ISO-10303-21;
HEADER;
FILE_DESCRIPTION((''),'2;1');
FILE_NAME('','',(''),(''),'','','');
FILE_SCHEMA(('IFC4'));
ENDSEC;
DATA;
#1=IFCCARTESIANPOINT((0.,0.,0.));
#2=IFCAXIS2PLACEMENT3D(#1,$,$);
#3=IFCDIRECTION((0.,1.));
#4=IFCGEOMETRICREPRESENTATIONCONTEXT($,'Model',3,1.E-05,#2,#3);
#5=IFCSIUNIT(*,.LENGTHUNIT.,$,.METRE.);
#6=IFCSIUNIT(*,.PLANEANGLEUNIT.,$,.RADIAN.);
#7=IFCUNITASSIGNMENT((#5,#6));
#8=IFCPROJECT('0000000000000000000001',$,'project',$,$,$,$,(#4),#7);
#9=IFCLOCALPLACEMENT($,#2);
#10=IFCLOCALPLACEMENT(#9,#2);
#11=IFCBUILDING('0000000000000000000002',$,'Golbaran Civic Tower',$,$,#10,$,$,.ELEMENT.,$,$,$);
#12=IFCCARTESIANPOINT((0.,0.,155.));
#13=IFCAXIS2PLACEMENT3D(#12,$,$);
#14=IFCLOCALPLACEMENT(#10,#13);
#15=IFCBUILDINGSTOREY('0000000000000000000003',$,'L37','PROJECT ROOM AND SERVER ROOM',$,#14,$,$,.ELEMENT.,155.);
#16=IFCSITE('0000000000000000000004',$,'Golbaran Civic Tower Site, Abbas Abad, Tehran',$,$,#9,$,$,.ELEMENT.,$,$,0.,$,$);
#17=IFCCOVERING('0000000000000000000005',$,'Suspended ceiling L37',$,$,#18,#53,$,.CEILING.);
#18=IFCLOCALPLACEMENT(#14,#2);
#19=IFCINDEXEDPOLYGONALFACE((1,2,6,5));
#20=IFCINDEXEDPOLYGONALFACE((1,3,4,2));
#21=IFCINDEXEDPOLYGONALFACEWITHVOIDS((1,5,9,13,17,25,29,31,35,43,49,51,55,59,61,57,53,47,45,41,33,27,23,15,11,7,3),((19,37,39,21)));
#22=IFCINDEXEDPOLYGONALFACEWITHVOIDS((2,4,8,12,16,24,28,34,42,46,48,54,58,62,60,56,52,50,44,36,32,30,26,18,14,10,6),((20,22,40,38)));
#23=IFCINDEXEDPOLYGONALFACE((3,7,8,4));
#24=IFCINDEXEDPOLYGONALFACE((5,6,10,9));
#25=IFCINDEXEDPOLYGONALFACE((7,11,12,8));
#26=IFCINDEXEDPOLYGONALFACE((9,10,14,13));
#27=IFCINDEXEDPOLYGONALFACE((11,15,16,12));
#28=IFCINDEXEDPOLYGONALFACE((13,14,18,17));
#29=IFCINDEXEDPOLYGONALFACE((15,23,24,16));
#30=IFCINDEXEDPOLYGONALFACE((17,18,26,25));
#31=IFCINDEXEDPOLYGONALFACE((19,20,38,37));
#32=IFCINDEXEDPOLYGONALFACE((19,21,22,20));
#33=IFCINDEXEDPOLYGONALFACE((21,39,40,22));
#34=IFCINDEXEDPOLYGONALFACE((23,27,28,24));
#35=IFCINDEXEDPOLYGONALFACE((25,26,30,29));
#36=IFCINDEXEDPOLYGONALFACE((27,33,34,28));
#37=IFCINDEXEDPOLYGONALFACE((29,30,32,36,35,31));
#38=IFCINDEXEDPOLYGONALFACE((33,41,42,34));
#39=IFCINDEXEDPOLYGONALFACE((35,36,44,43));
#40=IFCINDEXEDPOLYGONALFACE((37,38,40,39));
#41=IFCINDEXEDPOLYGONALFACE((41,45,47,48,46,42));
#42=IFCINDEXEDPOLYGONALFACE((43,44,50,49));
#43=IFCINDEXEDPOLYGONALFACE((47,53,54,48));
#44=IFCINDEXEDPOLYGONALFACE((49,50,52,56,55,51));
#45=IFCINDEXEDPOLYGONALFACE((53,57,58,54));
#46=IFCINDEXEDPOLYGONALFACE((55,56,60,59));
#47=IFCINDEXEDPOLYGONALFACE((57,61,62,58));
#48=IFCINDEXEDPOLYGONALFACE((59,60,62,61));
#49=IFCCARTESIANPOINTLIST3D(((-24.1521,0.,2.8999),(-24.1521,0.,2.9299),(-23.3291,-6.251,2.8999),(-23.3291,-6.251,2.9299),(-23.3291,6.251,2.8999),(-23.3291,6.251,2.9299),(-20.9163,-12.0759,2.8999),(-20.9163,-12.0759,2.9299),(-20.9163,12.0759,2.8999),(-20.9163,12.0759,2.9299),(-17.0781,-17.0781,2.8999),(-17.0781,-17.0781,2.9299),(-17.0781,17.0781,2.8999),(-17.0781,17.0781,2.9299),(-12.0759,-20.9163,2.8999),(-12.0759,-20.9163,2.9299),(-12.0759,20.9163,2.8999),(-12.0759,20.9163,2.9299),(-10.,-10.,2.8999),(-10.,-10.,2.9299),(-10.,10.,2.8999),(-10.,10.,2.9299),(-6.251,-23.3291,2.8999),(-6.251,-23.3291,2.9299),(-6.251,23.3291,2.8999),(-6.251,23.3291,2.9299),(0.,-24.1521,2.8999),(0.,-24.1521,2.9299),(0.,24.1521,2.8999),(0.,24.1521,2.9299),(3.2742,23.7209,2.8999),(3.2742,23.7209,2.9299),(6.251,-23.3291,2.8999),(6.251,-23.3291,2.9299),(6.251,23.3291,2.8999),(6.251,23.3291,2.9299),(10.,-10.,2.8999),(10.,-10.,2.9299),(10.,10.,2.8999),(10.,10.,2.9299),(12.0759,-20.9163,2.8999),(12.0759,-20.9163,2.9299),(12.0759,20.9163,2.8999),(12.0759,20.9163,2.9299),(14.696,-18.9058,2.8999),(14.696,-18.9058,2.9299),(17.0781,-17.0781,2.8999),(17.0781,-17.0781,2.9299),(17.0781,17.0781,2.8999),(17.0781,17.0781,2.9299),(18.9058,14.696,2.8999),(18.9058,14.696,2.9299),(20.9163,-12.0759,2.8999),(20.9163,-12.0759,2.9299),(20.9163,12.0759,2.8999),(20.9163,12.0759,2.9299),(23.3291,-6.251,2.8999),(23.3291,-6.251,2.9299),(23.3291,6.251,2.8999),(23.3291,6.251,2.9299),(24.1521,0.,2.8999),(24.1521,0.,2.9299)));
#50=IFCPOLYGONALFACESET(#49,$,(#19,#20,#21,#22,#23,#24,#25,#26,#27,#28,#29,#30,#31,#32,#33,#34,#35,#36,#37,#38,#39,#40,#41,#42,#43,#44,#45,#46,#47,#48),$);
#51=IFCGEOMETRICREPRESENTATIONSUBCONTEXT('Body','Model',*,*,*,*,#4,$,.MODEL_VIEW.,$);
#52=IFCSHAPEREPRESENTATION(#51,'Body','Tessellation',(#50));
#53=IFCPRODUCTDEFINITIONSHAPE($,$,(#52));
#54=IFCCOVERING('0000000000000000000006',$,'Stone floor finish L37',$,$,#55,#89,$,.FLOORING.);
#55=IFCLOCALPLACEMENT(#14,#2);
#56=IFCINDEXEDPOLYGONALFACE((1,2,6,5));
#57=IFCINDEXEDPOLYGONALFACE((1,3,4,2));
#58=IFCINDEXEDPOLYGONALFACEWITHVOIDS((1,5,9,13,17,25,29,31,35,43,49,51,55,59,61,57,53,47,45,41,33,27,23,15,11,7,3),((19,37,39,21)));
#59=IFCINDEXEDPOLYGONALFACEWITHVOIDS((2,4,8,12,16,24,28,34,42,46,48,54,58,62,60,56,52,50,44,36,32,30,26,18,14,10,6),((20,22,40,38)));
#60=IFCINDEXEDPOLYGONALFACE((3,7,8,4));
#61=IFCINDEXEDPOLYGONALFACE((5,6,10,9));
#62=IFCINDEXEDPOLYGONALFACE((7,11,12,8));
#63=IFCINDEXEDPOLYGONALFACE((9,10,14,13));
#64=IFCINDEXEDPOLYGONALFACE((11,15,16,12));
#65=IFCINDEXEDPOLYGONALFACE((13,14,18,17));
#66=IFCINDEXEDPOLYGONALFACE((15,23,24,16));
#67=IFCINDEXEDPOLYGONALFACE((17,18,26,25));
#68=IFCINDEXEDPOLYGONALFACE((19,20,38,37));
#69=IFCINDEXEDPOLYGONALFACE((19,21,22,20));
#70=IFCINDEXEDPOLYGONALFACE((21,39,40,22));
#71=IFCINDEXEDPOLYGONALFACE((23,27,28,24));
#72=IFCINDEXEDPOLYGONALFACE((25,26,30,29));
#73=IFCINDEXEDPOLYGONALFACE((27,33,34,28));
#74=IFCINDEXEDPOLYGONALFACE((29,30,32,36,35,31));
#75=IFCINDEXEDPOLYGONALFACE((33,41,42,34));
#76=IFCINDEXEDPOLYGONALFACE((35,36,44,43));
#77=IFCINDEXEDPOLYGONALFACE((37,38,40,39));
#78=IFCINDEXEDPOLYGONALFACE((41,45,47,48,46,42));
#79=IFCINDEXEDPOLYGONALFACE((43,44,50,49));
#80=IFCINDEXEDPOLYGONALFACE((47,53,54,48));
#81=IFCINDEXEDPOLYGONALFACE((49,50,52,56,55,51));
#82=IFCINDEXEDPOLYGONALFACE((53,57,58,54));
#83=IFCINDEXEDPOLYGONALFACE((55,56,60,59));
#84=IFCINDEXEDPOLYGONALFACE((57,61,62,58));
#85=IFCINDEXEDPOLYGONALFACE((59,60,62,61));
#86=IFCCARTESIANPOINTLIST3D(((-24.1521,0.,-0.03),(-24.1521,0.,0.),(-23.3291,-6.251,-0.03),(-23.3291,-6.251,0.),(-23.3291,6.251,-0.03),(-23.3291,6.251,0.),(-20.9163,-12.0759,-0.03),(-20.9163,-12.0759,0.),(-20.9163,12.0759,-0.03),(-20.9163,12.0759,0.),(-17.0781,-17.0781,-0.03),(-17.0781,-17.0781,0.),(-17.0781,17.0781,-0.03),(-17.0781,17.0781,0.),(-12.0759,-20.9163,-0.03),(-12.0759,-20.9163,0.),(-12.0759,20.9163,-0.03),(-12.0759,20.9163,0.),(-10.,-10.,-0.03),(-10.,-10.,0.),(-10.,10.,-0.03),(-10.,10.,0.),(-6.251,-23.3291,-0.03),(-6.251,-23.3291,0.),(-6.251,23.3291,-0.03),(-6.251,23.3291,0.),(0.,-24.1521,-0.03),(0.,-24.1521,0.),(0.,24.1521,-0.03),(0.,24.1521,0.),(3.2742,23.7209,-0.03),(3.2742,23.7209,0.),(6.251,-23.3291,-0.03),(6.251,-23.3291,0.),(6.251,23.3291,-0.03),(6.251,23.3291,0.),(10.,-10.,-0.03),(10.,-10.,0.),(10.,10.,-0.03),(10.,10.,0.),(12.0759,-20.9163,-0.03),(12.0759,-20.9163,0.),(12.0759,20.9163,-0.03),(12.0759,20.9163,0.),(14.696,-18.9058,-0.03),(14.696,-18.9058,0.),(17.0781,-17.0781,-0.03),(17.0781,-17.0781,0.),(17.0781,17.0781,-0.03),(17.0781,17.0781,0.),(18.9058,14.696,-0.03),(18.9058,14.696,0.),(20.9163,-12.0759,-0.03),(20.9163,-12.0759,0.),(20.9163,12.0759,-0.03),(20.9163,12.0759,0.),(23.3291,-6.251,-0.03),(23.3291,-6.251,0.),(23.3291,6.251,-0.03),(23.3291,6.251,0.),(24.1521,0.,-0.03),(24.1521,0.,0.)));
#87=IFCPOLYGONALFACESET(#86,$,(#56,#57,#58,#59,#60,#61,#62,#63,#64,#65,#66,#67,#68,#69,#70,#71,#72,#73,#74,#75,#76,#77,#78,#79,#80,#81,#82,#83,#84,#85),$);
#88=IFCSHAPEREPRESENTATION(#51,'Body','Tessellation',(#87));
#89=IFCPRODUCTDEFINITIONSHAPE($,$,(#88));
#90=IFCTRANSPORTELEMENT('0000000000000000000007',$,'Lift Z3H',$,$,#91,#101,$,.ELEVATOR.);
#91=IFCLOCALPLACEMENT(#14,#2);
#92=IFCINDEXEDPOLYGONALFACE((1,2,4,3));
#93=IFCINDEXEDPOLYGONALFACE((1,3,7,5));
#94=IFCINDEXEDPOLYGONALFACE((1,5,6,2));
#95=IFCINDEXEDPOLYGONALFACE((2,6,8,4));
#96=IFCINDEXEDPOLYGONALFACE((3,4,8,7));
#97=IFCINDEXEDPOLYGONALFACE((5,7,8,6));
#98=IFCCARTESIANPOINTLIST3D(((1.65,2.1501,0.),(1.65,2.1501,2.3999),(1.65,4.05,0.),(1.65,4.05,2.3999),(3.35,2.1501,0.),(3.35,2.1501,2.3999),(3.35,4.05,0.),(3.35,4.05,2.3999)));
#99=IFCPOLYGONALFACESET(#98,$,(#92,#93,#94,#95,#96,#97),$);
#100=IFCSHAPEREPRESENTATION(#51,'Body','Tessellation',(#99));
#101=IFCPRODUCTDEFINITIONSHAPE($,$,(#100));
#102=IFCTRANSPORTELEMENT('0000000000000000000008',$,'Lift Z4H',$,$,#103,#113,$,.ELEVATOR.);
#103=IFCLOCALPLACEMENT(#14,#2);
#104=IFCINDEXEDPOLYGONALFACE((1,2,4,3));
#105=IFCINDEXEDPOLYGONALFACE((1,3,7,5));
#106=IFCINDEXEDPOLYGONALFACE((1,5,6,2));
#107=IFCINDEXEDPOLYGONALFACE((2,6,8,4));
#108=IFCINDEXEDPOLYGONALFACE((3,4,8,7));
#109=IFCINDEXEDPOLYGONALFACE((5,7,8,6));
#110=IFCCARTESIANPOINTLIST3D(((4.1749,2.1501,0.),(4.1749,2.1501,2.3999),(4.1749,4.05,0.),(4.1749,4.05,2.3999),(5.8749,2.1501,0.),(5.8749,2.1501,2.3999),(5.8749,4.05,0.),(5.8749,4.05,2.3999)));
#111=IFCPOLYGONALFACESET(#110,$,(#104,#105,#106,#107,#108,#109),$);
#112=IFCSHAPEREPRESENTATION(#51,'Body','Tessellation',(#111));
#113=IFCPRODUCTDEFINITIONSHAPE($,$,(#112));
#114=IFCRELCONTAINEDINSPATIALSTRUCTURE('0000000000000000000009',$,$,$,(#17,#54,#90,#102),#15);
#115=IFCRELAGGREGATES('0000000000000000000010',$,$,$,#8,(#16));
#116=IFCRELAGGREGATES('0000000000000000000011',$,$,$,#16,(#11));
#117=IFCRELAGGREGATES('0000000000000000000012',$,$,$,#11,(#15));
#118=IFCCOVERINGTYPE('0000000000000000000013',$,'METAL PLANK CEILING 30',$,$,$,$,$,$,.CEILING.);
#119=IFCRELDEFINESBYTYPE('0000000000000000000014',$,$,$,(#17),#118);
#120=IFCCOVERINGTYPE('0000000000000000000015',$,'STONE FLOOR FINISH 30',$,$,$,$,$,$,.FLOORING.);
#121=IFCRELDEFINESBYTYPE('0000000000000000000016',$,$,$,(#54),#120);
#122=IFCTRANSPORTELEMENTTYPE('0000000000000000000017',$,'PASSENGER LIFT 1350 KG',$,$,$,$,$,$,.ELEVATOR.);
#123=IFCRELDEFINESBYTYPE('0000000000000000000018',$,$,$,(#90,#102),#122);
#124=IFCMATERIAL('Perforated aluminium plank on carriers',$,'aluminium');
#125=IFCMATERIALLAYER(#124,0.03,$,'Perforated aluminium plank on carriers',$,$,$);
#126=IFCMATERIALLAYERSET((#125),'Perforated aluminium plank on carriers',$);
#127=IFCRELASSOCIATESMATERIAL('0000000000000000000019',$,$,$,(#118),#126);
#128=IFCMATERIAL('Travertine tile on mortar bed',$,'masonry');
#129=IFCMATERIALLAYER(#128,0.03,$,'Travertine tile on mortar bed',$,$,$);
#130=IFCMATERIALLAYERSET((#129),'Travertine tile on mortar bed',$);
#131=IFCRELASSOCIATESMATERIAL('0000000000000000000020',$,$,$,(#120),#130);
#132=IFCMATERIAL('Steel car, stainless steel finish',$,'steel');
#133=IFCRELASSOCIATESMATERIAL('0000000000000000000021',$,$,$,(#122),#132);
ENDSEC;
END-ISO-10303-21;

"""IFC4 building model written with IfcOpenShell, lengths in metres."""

from ifc_helpers import new_model, si_unit, direction, frame, origin, origin_2d, place, context, subcontext, project, spatial, polyline, rectangle, outline, extrude, material, layer, layer_set, type_object, element, save


model = new_model("IFC4")

# Units and contexts
model_context = context("Model", 3, precision=1e-05, world=origin(), true_north=direction((0.0, 1.0)))
body_context = subcontext(model_context, "Body", "Model", "MODEL_VIEW")
ifc_project = project(units=[si_unit("LENGTHUNIT", "METRE"), si_unit("PLANEANGLEUNIT", "RADIAN")], contexts=[model_context])

# Site, building, storey
site_placement = place(None, origin())
site = spatial("IfcSite", under=ifc_project, at=site_placement, Name="Golbaran Civic Tower Site, Abbas Abad, Tehran", CompositionType="ELEMENT", RefElevation=0.0)
building_placement = place(site_placement, origin())
building = spatial("IfcBuilding", under=site, at=building_placement, Name="Golbaran Civic Tower", CompositionType="ELEMENT")
storey_placement = place(building_placement, frame((0.0, 0.0, 155.0)))
storey = spatial("IfcBuildingStorey", under=building, at=storey_placement, Name="L37", Description="PROJECT ROOM AND SERVER ROOM", CompositionType="ELEMENT", Elevation=155.0)

# Coverings
ifc_material_1 = material(Name="Perforated aluminium plank on carriers", Category="aluminium")
ifc_layer_1 = layer(ifc_material_1, 0.03, Name="Perforated aluminium plank on carriers")
ifc_layer_set_1 = layer_set([ifc_layer_1], Name="Perforated aluminium plank on carriers")
covering_type_1 = type_object("IfcCoveringType", Name="METAL PLANK CEILING 30", PredefinedType="CEILING", material=ifc_layer_set_1)
covering_1_placement = place(storey_placement, frame((0.0, 0.0, 2.8999)))
element("IfcCovering", 1, at=covering_1_placement, inside=storey, type_object=covering_type_1, Name="Suspended ceiling L37", PredefinedType="CEILING", context=body_context, shape_type="SweptSolid", body=[
    extrude(outline(polyline([(-17.0781, 17.0781), (-12.0759, 20.9163), (-6.251, 23.3291), (0.0, 24.1521), (3.2742, 23.7209), (6.251, 23.3291), (12.0759, 20.9163), (17.0781, 17.0781), (18.9058, 14.696), (20.9163, 12.0759), (23.3291, 6.251), (24.1521, 0.0), (23.3291, -6.251), (20.9163, -12.0759), (17.0781, -17.0781), (14.696, -18.9058), (12.0759, -20.9163), (6.251, -23.3291), (0.0, -24.1521), (-6.251, -23.3291), (-12.0759, -20.9163), (-17.0781, -17.0781), (-20.9163, -12.0759), (-23.3291, -6.251), (-24.1521, 0.0), (-23.3291, 6.251), (-20.9163, 12.0759), (-17.0781, 17.0781)]), holes=[polyline([(-10.0, 10.0), (-10.0, -10.0), (10.0, -10.0), (10.0, 10.0), (-10.0, 10.0)])]), origin(), (0.0, 0.0, 1.0), 0.03),
])
ifc_material_2 = material(Name="Travertine tile on mortar bed", Category="masonry")
ifc_layer_2 = layer(ifc_material_2, 0.03, Name="Travertine tile on mortar bed")
ifc_layer_set_2 = layer_set([ifc_layer_2], Name="Travertine tile on mortar bed")
covering_type_2 = type_object("IfcCoveringType", Name="STONE FLOOR FINISH 30", PredefinedType="FLOORING", material=ifc_layer_set_2)
covering_2_placement = place(storey_placement, frame((0.0, 0.0, -0.03)))
element("IfcCovering", 2, at=covering_2_placement, inside=storey, type_object=covering_type_2, Name="Stone floor finish L37", PredefinedType="FLOORING", context=body_context, shape_type="SweptSolid", body=[
    extrude(outline(polyline([(-17.0781, 17.0781), (-12.0759, 20.9163), (-6.251, 23.3291), (0.0, 24.1521), (3.2742, 23.7209), (6.251, 23.3291), (12.0759, 20.9163), (17.0781, 17.0781), (18.9058, 14.696), (20.9163, 12.0759), (23.3291, 6.251), (24.1521, 0.0), (23.3291, -6.251), (20.9163, -12.0759), (17.0781, -17.0781), (14.696, -18.9058), (12.0759, -20.9163), (6.251, -23.3291), (0.0, -24.1521), (-6.251, -23.3291), (-12.0759, -20.9163), (-17.0781, -17.0781), (-20.9163, -12.0759), (-23.3291, -6.251), (-24.1521, 0.0), (-23.3291, 6.251), (-20.9163, 12.0759), (-17.0781, 17.0781)]), holes=[polyline([(-10.0, 10.0), (-10.0, -10.0), (10.0, -10.0), (10.0, 10.0), (-10.0, 10.0)])]), origin(), (0.0, 0.0, 1.0), 0.03),
])

# Transport elements
ifc_material_3 = material(Name="Steel car, stainless steel finish", Category="steel")
transport_element_type = type_object("IfcTransportElementType", Name="PASSENGER LIFT 1350 KG", PredefinedType="ELEVATOR", material=ifc_material_3)
for number, where, z_axis, x_axis, name in (
    (3, (2.5, 3.1001, 0.0), (0.0, 0.0, 1.0), (1.0, 0.0, 0.0), "Lift Z3H"),
    (4, (5.0249, 3.1001, 0.0), (0.0, 0.0, 1.0), (1.0, 0.0, 0.0), "Lift Z4H"),
):
    element("IfcTransportElement", number, at=place(storey_placement, frame(where, z_axis=z_axis, x_axis=x_axis)), inside=storey, type_object=transport_element_type, Name=name, PredefinedType="ELEVATOR", context=body_context, shape_type="SweptSolid", body=[
        extrude(rectangle(XDim=1.7, YDim=1.8999, at=origin_2d()), origin(), (0.0, 0.0, 1.0), 2.3999),
    ])

save(model, "model.ifc")
